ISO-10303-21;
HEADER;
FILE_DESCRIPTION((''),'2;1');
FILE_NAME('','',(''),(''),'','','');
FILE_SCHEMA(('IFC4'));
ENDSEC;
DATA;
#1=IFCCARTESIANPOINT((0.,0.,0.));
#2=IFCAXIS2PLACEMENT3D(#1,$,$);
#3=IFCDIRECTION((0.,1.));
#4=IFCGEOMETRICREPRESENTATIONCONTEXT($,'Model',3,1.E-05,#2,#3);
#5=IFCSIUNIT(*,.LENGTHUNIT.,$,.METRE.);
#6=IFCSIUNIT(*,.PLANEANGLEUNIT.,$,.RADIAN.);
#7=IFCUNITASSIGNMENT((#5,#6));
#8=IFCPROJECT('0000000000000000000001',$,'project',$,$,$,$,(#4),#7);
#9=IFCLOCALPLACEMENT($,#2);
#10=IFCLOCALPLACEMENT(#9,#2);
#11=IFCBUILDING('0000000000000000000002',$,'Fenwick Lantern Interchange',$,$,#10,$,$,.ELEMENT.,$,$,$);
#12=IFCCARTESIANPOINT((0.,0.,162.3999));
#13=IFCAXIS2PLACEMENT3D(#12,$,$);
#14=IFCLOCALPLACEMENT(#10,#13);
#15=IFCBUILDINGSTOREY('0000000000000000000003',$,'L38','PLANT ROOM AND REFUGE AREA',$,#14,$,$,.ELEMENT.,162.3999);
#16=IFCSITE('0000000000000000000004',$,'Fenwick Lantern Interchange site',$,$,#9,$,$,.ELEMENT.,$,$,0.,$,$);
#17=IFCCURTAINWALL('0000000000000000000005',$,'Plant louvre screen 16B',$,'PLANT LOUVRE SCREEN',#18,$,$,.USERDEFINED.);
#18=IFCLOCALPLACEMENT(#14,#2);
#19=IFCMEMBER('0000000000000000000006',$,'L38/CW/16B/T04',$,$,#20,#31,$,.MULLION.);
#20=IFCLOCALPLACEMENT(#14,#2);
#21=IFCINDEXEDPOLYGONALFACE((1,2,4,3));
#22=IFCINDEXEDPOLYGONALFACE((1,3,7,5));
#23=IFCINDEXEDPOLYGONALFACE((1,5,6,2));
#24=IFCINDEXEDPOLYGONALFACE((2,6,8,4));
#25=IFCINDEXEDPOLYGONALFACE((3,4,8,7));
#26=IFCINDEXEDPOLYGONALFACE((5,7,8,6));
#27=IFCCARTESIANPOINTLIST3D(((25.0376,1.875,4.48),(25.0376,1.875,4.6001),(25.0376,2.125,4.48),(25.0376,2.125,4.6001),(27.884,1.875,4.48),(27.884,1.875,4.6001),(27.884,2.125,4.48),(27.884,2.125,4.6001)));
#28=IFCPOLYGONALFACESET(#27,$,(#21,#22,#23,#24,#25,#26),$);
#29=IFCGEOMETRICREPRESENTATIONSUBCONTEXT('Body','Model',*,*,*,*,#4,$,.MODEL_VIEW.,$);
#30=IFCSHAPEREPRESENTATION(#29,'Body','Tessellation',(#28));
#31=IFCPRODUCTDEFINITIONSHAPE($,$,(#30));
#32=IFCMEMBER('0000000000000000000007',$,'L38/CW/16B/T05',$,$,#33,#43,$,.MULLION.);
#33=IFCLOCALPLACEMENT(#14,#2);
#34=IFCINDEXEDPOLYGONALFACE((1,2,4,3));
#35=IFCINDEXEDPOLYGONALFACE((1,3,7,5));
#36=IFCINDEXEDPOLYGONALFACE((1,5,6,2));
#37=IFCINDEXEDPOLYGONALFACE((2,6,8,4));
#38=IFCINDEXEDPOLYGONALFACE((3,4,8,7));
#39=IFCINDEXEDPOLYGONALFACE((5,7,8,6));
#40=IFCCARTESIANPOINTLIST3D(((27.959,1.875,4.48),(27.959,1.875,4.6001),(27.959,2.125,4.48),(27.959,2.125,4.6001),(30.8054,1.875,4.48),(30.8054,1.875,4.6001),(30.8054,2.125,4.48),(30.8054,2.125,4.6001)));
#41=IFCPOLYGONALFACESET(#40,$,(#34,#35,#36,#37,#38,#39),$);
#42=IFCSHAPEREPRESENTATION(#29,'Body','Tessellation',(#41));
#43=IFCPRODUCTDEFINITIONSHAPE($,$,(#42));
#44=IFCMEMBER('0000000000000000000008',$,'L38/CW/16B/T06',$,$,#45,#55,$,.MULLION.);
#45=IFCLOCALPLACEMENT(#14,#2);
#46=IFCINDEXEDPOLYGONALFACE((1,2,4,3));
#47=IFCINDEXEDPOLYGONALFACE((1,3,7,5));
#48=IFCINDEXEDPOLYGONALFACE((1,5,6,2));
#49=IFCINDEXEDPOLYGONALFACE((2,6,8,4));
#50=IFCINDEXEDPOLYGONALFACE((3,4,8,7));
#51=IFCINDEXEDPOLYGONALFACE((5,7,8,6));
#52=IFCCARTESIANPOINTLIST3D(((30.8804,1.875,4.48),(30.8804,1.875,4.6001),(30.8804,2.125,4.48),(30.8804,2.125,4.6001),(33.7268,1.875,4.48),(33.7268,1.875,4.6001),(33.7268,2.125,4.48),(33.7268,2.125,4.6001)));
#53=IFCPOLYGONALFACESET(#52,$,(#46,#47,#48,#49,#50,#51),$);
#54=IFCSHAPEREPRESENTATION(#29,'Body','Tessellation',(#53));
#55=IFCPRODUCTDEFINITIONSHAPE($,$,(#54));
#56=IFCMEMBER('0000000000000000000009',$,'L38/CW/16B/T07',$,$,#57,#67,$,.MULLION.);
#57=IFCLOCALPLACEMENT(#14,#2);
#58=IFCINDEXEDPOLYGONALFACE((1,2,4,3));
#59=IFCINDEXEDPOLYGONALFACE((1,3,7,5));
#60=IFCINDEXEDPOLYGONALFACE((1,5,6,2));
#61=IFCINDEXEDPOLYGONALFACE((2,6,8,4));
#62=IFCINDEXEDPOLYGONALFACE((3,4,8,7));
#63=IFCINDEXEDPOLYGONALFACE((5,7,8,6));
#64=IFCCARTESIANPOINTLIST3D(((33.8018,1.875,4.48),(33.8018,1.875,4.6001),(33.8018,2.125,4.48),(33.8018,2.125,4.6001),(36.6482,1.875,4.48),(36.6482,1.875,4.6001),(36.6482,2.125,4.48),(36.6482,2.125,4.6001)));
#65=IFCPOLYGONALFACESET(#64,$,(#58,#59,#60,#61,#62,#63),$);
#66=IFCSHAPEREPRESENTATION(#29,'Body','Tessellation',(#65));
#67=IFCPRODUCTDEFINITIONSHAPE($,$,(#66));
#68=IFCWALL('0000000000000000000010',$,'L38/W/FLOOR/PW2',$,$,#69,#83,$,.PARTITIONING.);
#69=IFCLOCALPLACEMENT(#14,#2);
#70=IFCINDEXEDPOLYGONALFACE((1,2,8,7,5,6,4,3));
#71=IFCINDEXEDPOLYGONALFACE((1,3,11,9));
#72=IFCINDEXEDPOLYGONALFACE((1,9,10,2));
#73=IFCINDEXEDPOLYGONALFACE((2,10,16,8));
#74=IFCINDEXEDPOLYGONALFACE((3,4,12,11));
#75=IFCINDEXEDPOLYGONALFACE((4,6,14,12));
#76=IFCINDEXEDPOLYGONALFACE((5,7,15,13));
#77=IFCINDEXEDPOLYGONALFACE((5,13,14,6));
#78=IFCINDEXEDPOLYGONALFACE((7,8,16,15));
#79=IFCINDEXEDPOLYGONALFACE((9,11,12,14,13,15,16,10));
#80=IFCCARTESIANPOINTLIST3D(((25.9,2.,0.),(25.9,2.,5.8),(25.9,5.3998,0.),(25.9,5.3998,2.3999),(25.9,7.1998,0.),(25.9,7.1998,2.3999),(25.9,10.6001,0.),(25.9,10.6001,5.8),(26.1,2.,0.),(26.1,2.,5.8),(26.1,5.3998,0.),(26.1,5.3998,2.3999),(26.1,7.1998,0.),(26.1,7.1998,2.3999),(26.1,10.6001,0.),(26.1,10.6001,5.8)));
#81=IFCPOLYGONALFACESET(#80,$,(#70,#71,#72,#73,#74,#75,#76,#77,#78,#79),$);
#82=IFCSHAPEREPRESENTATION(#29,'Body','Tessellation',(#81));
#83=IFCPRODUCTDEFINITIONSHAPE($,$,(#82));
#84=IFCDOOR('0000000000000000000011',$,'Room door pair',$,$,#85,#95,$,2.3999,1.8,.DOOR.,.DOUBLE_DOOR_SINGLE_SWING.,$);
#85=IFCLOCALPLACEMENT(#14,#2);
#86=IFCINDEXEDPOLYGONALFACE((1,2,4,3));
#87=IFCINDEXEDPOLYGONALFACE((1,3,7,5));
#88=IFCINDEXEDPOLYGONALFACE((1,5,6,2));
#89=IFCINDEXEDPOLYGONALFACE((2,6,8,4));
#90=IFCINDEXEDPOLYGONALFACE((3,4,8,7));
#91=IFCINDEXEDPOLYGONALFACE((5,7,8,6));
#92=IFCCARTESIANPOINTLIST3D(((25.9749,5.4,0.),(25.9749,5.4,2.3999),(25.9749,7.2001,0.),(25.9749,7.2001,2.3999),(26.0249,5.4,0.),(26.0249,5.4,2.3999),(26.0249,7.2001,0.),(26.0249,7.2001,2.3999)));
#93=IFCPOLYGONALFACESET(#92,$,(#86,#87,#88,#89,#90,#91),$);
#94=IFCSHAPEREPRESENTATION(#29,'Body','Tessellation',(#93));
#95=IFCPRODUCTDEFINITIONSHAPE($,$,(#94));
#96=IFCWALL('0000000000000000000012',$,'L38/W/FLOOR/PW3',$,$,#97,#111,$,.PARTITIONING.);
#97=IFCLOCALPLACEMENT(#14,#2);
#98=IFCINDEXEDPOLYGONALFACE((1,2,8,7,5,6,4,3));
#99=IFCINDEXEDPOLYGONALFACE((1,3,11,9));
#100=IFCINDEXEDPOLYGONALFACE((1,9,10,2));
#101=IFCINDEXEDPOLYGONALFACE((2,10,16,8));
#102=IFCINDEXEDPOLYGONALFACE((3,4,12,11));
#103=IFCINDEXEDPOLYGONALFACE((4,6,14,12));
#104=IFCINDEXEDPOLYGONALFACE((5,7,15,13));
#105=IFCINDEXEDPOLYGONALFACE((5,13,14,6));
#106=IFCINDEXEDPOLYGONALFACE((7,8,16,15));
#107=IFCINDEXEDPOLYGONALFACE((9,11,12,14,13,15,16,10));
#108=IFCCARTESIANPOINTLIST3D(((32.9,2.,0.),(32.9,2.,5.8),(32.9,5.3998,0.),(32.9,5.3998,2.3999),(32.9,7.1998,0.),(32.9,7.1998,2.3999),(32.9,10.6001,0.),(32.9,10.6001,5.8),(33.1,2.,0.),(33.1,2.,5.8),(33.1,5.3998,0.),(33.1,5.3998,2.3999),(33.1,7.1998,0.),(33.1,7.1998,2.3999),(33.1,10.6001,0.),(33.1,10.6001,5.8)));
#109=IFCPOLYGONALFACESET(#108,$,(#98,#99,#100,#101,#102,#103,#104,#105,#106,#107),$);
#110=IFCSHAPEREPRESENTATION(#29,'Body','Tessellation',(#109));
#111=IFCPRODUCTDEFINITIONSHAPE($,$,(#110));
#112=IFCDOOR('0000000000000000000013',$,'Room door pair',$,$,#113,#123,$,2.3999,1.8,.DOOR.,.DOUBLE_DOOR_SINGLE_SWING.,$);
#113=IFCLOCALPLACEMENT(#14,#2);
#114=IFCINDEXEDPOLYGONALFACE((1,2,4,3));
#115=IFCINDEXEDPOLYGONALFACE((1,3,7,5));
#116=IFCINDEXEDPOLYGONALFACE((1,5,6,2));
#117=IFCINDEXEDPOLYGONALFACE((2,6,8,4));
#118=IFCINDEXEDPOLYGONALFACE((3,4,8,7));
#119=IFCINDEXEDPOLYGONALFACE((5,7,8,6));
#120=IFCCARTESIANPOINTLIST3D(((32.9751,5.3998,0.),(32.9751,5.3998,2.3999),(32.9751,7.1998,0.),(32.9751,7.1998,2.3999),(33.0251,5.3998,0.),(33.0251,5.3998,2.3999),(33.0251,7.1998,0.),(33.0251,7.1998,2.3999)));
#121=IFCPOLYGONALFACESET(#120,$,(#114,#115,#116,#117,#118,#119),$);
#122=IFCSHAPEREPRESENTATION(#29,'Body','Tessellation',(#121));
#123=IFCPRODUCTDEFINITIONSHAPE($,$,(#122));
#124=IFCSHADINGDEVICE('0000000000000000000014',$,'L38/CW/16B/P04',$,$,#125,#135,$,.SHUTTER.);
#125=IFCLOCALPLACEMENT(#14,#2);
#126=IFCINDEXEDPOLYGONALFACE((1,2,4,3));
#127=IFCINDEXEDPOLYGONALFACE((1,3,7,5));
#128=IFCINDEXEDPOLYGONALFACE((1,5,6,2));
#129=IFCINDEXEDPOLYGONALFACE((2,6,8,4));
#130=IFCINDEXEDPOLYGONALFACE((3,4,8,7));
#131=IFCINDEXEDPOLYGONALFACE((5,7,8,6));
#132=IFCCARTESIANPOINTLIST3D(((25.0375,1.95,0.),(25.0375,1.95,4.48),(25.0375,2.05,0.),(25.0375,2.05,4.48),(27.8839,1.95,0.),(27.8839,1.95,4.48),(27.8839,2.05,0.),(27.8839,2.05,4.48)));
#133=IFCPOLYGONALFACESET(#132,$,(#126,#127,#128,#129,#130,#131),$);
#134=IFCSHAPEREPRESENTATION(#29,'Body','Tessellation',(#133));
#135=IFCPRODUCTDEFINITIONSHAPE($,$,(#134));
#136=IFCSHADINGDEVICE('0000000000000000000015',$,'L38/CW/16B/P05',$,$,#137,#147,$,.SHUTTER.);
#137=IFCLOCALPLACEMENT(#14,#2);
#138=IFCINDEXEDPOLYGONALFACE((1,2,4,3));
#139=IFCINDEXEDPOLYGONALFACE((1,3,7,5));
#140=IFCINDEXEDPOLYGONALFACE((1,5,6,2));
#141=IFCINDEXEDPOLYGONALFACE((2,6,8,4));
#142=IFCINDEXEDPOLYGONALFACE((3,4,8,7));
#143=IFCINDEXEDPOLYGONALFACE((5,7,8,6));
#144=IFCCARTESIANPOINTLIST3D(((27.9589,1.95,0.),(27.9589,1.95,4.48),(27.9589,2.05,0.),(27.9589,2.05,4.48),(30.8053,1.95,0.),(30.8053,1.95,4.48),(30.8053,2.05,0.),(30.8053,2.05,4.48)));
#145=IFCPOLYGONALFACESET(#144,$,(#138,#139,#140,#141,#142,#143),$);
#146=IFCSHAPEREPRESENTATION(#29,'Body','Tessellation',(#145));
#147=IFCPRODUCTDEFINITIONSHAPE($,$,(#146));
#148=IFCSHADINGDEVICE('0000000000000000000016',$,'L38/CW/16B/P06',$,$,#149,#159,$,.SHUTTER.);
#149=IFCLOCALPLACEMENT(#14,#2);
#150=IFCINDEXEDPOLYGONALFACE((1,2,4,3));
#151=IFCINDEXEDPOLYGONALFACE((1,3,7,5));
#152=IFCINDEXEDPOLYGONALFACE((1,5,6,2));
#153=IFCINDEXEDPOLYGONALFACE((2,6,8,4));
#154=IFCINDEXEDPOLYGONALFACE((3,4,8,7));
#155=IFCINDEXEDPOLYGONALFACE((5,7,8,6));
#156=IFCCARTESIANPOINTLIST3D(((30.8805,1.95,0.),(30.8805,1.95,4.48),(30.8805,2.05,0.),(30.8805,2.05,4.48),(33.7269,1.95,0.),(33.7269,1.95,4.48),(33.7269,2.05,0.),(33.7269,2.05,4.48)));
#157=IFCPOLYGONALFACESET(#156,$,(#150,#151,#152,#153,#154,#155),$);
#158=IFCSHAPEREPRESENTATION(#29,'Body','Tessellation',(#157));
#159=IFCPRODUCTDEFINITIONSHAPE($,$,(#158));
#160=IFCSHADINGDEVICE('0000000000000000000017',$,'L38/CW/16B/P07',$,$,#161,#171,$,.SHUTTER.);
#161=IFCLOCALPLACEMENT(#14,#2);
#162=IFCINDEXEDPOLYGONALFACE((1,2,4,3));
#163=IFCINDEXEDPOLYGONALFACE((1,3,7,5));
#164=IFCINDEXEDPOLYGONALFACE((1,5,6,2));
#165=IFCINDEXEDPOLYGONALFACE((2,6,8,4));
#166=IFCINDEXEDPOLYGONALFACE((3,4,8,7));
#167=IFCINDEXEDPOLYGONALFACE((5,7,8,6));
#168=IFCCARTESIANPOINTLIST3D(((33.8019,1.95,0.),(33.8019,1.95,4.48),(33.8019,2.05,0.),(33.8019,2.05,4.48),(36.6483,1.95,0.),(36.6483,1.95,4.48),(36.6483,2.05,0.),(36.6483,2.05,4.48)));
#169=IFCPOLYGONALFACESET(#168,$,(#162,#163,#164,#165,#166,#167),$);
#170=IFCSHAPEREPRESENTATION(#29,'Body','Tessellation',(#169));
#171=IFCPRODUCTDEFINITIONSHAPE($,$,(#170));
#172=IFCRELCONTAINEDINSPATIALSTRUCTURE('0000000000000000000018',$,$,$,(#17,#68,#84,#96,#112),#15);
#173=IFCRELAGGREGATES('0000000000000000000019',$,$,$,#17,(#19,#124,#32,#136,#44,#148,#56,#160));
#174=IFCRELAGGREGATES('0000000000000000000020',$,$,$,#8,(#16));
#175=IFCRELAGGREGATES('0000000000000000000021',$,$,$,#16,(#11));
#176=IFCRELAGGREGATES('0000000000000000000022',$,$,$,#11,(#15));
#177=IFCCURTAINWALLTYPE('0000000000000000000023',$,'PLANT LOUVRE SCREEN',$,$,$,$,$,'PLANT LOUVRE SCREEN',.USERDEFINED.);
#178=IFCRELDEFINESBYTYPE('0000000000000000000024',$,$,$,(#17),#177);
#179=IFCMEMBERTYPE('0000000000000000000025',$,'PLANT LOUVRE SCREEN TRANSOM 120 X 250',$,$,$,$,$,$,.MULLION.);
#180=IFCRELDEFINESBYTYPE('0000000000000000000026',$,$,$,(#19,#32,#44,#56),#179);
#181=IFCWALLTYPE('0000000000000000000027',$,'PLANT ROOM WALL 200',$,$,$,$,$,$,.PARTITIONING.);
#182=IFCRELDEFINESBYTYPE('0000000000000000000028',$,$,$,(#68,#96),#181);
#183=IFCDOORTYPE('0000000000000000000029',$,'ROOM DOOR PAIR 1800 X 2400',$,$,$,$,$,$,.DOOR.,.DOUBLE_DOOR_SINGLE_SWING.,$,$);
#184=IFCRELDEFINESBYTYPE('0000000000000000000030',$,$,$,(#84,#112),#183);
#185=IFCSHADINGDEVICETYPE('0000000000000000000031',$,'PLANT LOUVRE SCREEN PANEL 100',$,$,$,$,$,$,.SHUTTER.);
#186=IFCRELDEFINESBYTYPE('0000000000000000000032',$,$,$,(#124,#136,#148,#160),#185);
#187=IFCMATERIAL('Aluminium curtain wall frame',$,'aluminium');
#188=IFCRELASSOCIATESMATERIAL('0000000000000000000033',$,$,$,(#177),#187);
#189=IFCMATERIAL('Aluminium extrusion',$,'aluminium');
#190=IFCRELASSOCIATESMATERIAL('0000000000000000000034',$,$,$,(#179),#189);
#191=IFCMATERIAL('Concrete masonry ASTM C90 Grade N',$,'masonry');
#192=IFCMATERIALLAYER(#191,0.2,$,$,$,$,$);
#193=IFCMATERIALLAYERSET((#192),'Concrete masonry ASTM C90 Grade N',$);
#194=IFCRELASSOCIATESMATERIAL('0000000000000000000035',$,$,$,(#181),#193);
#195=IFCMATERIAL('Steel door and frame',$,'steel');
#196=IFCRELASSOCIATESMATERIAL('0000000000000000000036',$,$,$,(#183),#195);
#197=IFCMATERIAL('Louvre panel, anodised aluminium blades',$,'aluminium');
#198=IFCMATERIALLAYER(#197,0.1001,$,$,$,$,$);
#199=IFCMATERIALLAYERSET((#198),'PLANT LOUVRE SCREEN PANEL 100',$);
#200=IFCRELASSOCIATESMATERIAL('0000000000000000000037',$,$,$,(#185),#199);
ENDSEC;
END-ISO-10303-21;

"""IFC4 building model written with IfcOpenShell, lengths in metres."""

from ifc_helpers import new_model, si_unit, direction, frame, frame_2d, origin, origin_2d, place, context, subcontext, project, spatial, rectangle, extrude, material, layer, layer_set, material_profile, profile_set, type_object, element, fill, aggregate, save


model = new_model("IFC4")

# Units and contexts
model_context = context("Model", 3, precision=1e-05, world=origin(), true_north=direction((0.0, 1.0)))
body_context = subcontext(model_context, "Body", "Model", "MODEL_VIEW")
ifc_project = project(units=[si_unit("LENGTHUNIT", "METRE"), si_unit("PLANEANGLEUNIT", "RADIAN")], contexts=[model_context])

# Site, building, storey
site_placement = place(None, origin())
site = spatial("IfcSite", under=ifc_project, at=site_placement, Name="Fenwick Lantern Interchange site", CompositionType="ELEMENT", RefElevation=0.0)
building_placement = place(site_placement, origin())
building = spatial("IfcBuilding", under=site, at=building_placement, Name="Fenwick Lantern Interchange", CompositionType="ELEMENT")
storey_placement = place(building_placement, frame((0.0, 0.0, 162.3999)))
storey = spatial("IfcBuildingStorey", under=building, at=storey_placement, Name="L38", Description="PLANT ROOM AND REFUGE AREA", CompositionType="ELEMENT", Elevation=162.3999)

# Curtain wall, members
ifc_material_1 = material(Name="Aluminium curtain wall frame", Category="aluminium")
curtain_wall_type = type_object("IfcCurtainWallType", Name="PLANT LOUVRE SCREEN", ElementType="PLANT LOUVRE SCREEN", PredefinedType="USERDEFINED", material=ifc_material_1)
curtain_wall_placement = place(storey_placement, origin())
curtain_wall = element("IfcCurtainWall", 1, at=curtain_wall_placement, inside=storey, type_object=curtain_wall_type, Name="Plant louvre screen 16B", ObjectType="PLANT LOUVRE SCREEN", PredefinedType="USERDEFINED")
ifc_material_2 = material(Name="Aluminium extrusion", Category="aluminium")
ifc_material_profile_1 = material_profile(ifc_material_2, rectangle(XDim=0.25, YDim=0.1201, at=origin_2d()), Name="PLANT LOUVRE SCREEN TRANSOM 120 X 250")
ifc_profile_set_1 = profile_set([ifc_material_profile_1], Name="Aluminium extrusion")
member_type_1 = type_object("IfcMemberType", Name="PLANT LOUVRE SCREEN TRANSOM 120 X 250", PredefinedType="MULLION", material=ifc_profile_set_1)
member_1_placement = place(storey_placement, frame((25.0376, 2.0, 4.54), z_axis=(1.0, 0.0, 0.0), x_axis=(0.0, 1.0, 0.0)))
member_1 = element("IfcMember", 2, at=member_1_placement, type_object=member_type_1, Name="L38/CW/16B/T04", PredefinedType="MULLION", context=body_context, shape_type="SweptSolid", body=[
    extrude(rectangle(XDim=0.25, YDim=0.1201, at=origin_2d()), origin(), (0.0, 0.0, 1.0), 2.8464),
])
member_2_placement = place(storey_placement, frame((27.959, 2.0, 4.54), z_axis=(1.0, 0.0, 0.0), x_axis=(0.0, 1.0, 0.0)))
member_2 = element("IfcMember", 3, at=member_2_placement, type_object=member_type_1, Name="L38/CW/16B/T05", PredefinedType="MULLION", context=body_context, shape_type="SweptSolid", body=[
    extrude(rectangle(XDim=0.25, YDim=0.1201, at=origin_2d()), origin(), (0.0, 0.0, 1.0), 2.8464),
])
member_3_placement = place(storey_placement, frame((30.8804, 2.0, 4.54), z_axis=(1.0, 0.0, 0.0), x_axis=(0.0, 1.0, 0.0)))
member_3 = element("IfcMember", 4, at=member_3_placement, type_object=member_type_1, Name="L38/CW/16B/T06", PredefinedType="MULLION", context=body_context, shape_type="SweptSolid", body=[
    extrude(rectangle(XDim=0.25, YDim=0.1201, at=origin_2d()), origin(), (0.0, 0.0, 1.0), 2.8464),
])
member_4_placement = place(storey_placement, frame((33.8018, 2.0, 4.54), z_axis=(1.0, 0.0, 0.0), x_axis=(0.0, 1.0, 0.0)))
member_4 = element("IfcMember", 5, at=member_4_placement, type_object=member_type_1, Name="L38/CW/16B/T07", PredefinedType="MULLION", context=body_context, shape_type="SweptSolid", body=[
    extrude(rectangle(XDim=0.25, YDim=0.1201, at=origin_2d()), origin(), (0.0, 0.0, 1.0), 2.8464),
])

# Walls, openings, doors
ifc_material_3 = material(Name="Concrete masonry ASTM C90 Grade N", Category="masonry")
ifc_layer_1 = layer(ifc_material_3, 0.2)
ifc_layer_set_1 = layer_set([ifc_layer_1], Name="Concrete masonry ASTM C90 Grade N")
wall_type = type_object("IfcWallType", Name="PLANT ROOM WALL 200", PredefinedType="PARTITIONING", material=ifc_layer_set_1)
wall_1_placement = place(storey_placement, frame((26.0, 2.0, 0.0), z_axis=(0.0, 0.0, 1.0), x_axis=(0.0, 1.0, 0.0)))
wall_1 = element("IfcWall", 6, at=wall_1_placement, inside=storey, type_object=wall_type, Name="L38/W/FLOOR/PW2", PredefinedType="PARTITIONING", context=body_context, shape_type="SweptSolid", body=[
    extrude(rectangle(XDim=8.6001, YDim=0.2, at=frame_2d((4.3, 0.0))), origin(), (0.0, 0.0, 1.0), 5.8),
])
opening_1_placement = place(wall_1_placement, frame((3.3999, 0.0, 0.0)))
opening_1 = element("IfcOpeningElement", 7, at=opening_1_placement, cuts=wall_1, PredefinedType="OPENING", context=body_context, shape_type="SweptSolid", body=[
    extrude(rectangle(XDim=1.8, YDim=2.3999, at=frame_2d((0.8999, 1.2))), frame((0.0, 0.1099, 0.0), z_axis=(0.0, -1.0, 0.0), x_axis=(1.0, 0.0, 0.0)), (0.0, 0.0, 1.0), 0.22),
])
ifc_material_4 = material(Name="Steel door and frame", Category="steel")
door_type = type_object("IfcDoorType", Name="ROOM DOOR PAIR 1800 X 2400", OperationType="DOUBLE_DOOR_SINGLE_SWING", PredefinedType="DOOR", material=ifc_material_4)
door_1_placement = place(opening_1_placement, frame((1.8, 0.0, 0.0), z_axis=(0.0, 0.0, 1.0), x_axis=(-1.0, 0.0, 0.0)))
door_1 = element("IfcDoor", 8, at=door_1_placement, inside=storey, type_object=door_type, Name="Room door pair", OperationType="DOUBLE_DOOR_SINGLE_SWING", OverallHeight=2.3999, OverallWidth=1.8, PredefinedType="DOOR", context=body_context, shape_type="SweptSolid", body=[
    extrude(rectangle(XDim=1.8, YDim=2.3999, at=frame_2d((0.8999, 1.2))), frame((0.0, 0.0249, 0.0), z_axis=(0.0, -1.0, 0.0), x_axis=(1.0, 0.0, 0.0)), (0.0, 0.0, 1.0), 0.05),
])
fill(opening_1, door_1)
wall_2_placement = place(storey_placement, frame((33.0, 2.0, 0.0), z_axis=(0.0, 0.0, 1.0), x_axis=(0.0, 1.0, 0.0)))
wall_2 = element("IfcWall", 9, at=wall_2_placement, inside=storey, type_object=wall_type, Name="L38/W/FLOOR/PW3", PredefinedType="PARTITIONING", context=body_context, shape_type="SweptSolid", body=[
    extrude(rectangle(XDim=8.6001, YDim=0.2, at=frame_2d((4.3, 0.0))), origin(), (0.0, 0.0, 1.0), 5.8),
])
opening_2_placement = place(wall_2_placement, frame((3.3999, 0.0, 0.0)))
opening_2 = element("IfcOpeningElement", 10, at=opening_2_placement, cuts=wall_2, PredefinedType="OPENING", context=body_context, shape_type="SweptSolid", body=[
    extrude(rectangle(XDim=1.8, YDim=2.3999, at=frame_2d((0.8999, 1.2))), frame((0.0, 0.1099, 0.0), z_axis=(0.0, -1.0, 0.0), x_axis=(1.0, 0.0, 0.0)), (0.0, 0.0, 1.0), 0.22),
])
door_2_placement = place(opening_2_placement, origin())
door_2 = element("IfcDoor", 11, at=door_2_placement, inside=storey, type_object=door_type, Name="Room door pair", OperationType="DOUBLE_DOOR_SINGLE_SWING", OverallHeight=2.3999, OverallWidth=1.8, PredefinedType="DOOR", context=body_context, shape_type="SweptSolid", body=[
    extrude(rectangle(XDim=1.8, YDim=2.3999, at=frame_2d((0.8999, 1.2))), frame((0.0, 0.0249, 0.0), z_axis=(0.0, -1.0, 0.0), x_axis=(1.0, 0.0, 0.0)), (0.0, 0.0, 1.0), 0.05),
])
fill(opening_2, door_2)

# Shading devices
ifc_material_5 = material(Name="Louvre panel, anodised aluminium blades", Category="aluminium")
ifc_layer_2 = layer(ifc_material_5, 0.1001)
ifc_layer_set_2 = layer_set([ifc_layer_2], Name="PLANT LOUVRE SCREEN PANEL 100")
shading_device_type = type_object("IfcShadingDeviceType", Name="PLANT LOUVRE SCREEN PANEL 100", PredefinedType="SHUTTER", material=ifc_layer_set_2)
shading_device_1_placement = place(storey_placement, frame((26.4607, 2.0, 0.0), z_axis=(0.0, 0.0, 1.0), x_axis=(1.0, 0.0, 0.0)))
shading_device_1 = element("IfcShadingDevice", 12, at=shading_device_1_placement, type_object=shading_device_type, Name="L38/CW/16B/P04", PredefinedType="SHUTTER", context=body_context, shape_type="SweptSolid", body=[
    extrude(rectangle(XDim=2.8464, YDim=0.1001, at=origin_2d()), origin(), (0.0, 0.0, 1.0), 4.48),
])
shading_device_2_placement = place(storey_placement, frame((29.3821, 2.0, 0.0), z_axis=(0.0, 0.0, 1.0), x_axis=(1.0, 0.0, 0.0)))
shading_device_2 = element("IfcShadingDevice", 13, at=shading_device_2_placement, type_object=shading_device_type, Name="L38/CW/16B/P05", PredefinedType="SHUTTER", context=body_context, shape_type="SweptSolid", body=[
    extrude(rectangle(XDim=2.8464, YDim=0.1001, at=origin_2d()), origin(), (0.0, 0.0, 1.0), 4.48),
])
shading_device_3_placement = place(storey_placement, frame((32.3037, 2.0, 0.0), z_axis=(0.0, 0.0, 1.0), x_axis=(1.0, 0.0, 0.0)))
shading_device_3 = element("IfcShadingDevice", 14, at=shading_device_3_placement, type_object=shading_device_type, Name="L38/CW/16B/P06", PredefinedType="SHUTTER", context=body_context, shape_type="SweptSolid", body=[
    extrude(rectangle(XDim=2.8464, YDim=0.1001, at=origin_2d()), origin(), (0.0, 0.0, 1.0), 4.48),
])
shading_device_4_placement = place(storey_placement, frame((35.2251, 2.0, 0.0), z_axis=(0.0, 0.0, 1.0), x_axis=(1.0, 0.0, 0.0)))
shading_device_4 = element("IfcShadingDevice", 15, at=shading_device_4_placement, type_object=shading_device_type, Name="L38/CW/16B/P07", PredefinedType="SHUTTER", context=body_context, shape_type="SweptSolid", body=[
    extrude(rectangle(XDim=2.8464, YDim=0.1001, at=origin_2d()), origin(), (0.0, 0.0, 1.0), 4.48),
])
aggregate(curtain_wall, [member_1, shading_device_1, member_2, shading_device_2, member_3, shading_device_3, member_4, shading_device_4])

save(model, "model.ifc")
